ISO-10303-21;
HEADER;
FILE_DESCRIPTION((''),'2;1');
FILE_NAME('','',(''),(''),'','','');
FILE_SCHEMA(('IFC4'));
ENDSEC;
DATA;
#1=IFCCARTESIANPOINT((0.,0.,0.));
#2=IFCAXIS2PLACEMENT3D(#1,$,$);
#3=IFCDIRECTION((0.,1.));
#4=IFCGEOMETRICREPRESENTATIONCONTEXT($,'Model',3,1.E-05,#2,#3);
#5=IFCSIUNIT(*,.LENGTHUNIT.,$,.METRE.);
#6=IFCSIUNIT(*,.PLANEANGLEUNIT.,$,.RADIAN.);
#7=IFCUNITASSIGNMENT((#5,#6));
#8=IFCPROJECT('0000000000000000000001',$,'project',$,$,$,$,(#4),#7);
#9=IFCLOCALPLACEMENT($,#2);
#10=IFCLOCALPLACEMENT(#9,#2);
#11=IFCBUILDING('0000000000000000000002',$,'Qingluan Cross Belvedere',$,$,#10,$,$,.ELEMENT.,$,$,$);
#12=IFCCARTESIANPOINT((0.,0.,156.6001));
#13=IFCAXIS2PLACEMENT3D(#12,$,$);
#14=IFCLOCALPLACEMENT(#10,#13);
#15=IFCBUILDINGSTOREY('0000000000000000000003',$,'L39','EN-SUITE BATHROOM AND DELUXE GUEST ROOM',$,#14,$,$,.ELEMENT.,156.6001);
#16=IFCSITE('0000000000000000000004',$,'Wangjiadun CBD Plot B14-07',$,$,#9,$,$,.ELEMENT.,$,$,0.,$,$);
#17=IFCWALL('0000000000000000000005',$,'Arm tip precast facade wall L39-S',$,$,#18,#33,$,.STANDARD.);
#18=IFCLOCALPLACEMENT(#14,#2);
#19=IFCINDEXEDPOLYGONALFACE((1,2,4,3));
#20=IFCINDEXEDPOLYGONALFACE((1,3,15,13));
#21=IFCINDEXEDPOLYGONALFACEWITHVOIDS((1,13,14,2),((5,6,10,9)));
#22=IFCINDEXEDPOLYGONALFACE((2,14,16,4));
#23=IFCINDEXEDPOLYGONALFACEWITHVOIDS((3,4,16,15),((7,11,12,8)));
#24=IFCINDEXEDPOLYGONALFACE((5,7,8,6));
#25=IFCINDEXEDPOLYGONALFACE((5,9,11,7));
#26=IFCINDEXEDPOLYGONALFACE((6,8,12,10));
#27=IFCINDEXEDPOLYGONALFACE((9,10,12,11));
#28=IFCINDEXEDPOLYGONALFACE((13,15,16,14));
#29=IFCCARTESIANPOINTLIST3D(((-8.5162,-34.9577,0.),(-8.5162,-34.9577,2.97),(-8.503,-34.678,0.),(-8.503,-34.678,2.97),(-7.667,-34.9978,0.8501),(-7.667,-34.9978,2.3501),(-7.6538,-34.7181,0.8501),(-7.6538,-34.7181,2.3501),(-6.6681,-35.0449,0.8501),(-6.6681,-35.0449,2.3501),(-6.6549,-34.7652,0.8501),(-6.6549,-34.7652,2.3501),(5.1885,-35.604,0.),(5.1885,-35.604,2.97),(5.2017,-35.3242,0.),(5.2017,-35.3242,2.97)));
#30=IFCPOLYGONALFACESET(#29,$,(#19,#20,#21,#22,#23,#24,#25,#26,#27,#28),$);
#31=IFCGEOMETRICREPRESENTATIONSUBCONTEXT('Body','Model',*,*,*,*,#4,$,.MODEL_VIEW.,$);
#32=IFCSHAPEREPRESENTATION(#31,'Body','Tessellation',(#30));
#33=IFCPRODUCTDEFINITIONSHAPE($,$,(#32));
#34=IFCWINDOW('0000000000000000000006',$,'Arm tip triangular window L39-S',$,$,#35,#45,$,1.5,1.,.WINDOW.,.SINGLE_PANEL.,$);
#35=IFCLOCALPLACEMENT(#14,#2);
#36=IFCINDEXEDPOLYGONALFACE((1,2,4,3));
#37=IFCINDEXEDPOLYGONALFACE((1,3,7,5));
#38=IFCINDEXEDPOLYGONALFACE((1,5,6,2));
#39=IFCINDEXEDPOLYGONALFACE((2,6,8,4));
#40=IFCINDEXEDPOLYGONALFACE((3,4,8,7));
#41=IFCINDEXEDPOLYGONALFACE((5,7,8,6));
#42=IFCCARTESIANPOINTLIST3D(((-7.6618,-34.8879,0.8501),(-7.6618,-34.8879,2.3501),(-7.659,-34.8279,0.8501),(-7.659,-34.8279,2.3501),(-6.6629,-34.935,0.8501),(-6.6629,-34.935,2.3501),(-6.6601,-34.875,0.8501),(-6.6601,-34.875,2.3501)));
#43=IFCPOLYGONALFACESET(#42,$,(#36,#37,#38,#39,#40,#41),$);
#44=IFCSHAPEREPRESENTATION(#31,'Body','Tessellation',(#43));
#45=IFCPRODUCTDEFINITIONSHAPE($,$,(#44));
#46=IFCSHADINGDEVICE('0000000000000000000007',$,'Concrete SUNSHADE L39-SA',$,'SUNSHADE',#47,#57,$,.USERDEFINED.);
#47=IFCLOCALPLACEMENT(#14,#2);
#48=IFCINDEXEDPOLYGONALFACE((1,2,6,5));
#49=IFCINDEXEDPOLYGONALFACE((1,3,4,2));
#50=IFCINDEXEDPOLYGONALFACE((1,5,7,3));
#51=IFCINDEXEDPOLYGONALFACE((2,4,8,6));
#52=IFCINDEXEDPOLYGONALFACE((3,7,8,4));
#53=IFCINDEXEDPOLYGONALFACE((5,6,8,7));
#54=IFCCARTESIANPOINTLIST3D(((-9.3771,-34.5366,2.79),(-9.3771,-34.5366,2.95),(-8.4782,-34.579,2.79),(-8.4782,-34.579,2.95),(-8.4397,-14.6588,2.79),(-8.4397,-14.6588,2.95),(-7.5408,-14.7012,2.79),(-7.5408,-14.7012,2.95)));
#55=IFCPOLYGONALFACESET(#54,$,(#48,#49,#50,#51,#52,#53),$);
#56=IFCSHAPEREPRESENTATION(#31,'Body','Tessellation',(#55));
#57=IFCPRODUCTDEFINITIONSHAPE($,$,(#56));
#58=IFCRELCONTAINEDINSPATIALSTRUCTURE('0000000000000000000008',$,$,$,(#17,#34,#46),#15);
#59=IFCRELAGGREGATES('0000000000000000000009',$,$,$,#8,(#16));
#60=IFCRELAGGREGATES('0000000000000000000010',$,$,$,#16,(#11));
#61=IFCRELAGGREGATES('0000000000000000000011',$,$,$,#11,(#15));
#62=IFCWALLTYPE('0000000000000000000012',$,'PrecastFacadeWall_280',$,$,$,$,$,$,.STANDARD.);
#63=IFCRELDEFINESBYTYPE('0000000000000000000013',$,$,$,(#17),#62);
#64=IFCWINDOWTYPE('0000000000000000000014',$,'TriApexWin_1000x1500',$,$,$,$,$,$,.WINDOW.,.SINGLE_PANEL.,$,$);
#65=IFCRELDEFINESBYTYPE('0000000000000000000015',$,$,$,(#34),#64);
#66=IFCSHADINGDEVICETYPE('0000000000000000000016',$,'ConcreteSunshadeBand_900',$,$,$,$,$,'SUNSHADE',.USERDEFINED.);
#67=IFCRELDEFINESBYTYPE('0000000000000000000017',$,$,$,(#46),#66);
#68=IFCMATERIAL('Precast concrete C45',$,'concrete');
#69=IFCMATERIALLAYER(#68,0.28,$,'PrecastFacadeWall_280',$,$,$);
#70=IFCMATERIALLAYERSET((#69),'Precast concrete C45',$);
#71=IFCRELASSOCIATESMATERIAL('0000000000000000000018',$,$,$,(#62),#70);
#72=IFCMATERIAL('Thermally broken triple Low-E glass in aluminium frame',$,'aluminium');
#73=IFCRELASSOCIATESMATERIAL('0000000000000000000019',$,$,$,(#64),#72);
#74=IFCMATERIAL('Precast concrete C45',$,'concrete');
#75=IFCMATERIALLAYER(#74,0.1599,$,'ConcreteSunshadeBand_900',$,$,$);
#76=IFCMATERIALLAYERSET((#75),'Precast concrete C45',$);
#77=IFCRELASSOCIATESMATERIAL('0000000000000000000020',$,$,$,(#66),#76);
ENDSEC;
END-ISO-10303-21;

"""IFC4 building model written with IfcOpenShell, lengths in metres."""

from ifc_helpers import new_model, si_unit, direction, frame, frame_2d, origin, origin_2d, place, context, subcontext, project, spatial, rectangle, extrude, material, layer, layer_set, type_object, element, fill, save


model = new_model("IFC4")

# Units and contexts
model_context = context("Model", 3, precision=1e-05, world=origin(), true_north=direction((0.0, 1.0)))
body_context = subcontext(model_context, "Body", "Model", "MODEL_VIEW")
ifc_project = project(units=[si_unit("LENGTHUNIT", "METRE"), si_unit("PLANEANGLEUNIT", "RADIAN")], contexts=[model_context])

# Site, building, storey
site_placement = place(None, origin())
site = spatial("IfcSite", under=ifc_project, at=site_placement, Name="Wangjiadun CBD Plot B14-07", CompositionType="ELEMENT", RefElevation=0.0)
building_placement = place(site_placement, origin())
building = spatial("IfcBuilding", under=site, at=building_placement, Name="Qingluan Cross Belvedere", CompositionType="ELEMENT")
storey_placement = place(building_placement, frame((0.0, 0.0, 156.6001)))
storey = spatial("IfcBuildingStorey", under=building, at=storey_placement, Name="L39", Description="EN-SUITE BATHROOM AND DELUXE GUEST ROOM", CompositionType="ELEMENT", Elevation=156.6001)

# Shared definitions
ifc_material_1 = material(Name="Precast concrete C45", Category="concrete")
ifc_layer_1 = layer(ifc_material_1, 0.28, Name="PrecastFacadeWall_280")
ifc_layer_set_1 = layer_set([ifc_layer_1], Name="Precast concrete C45")
wall_type_1 = type_object("IfcWallType", Name="PrecastFacadeWall_280", PredefinedType="STANDARD", material=ifc_layer_set_1)

# Wall, opening, window
wall_1_placement = place(storey_placement, frame((-8.5095, -34.8179, 0.0), z_axis=(0.0, 0.0, 1.0), x_axis=(0.99889, -0.047102, 0.0)))
wall_1 = element("IfcWall", 1, at=wall_1_placement, inside=storey, type_object=wall_type_1, Name="Arm tip precast facade wall L39-S", PredefinedType="STANDARD", context=body_context, shape_type="SweptSolid", body=[
    extrude(rectangle(XDim=13.72, YDim=0.28, at=frame_2d((6.8599, 0.0))), origin(), (0.0, 0.0, 1.0), 2.97),
])
opening_1_placement = place(wall_1_placement, frame((0.8501, 0.0, 0.8501)))
opening_1 = element("IfcOpeningElement", 2, at=opening_1_placement, cuts=wall_1, PredefinedType="OPENING", context=body_context, shape_type="SweptSolid", body=[
    extrude(rectangle(XDim=1.0, YDim=1.5, at=frame_2d((0.5, 0.75))), frame((0.0, 0.1499, 0.0), z_axis=(0.0, -1.0, 0.0), x_axis=(1.0, 0.0, 0.0)), (0.0, 0.0, 1.0), 0.3),
])
ifc_material_2 = material(Name="Thermally broken triple Low-E glass in aluminium frame", Category="aluminium")
window_type_1 = type_object("IfcWindowType", Name="TriApexWin_1000x1500", PartitioningType="SINGLE_PANEL", PredefinedType="WINDOW", material=ifc_material_2)
window_1_placement = place(opening_1_placement, origin())
window_1 = element("IfcWindow", 3, at=window_1_placement, inside=storey, type_object=window_type_1, Name="Arm tip triangular window L39-S", OverallHeight=1.5, OverallWidth=1.0, PartitioningType="SINGLE_PANEL", PredefinedType="WINDOW", context=body_context, shape_type="SweptSolid", body=[
    extrude(rectangle(XDim=1.0, YDim=1.5, at=frame_2d((0.5, 0.75))), frame((0.0, 0.03, 0.0), z_axis=(0.0, -1.0, 0.0), x_axis=(1.0, 0.0, 0.0)), (0.0, 0.0, 1.0), 0.0601),
])
fill(opening_1, window_1)

# Shading device
ifc_material_3 = material(Name="Precast concrete C45", Category="concrete")
ifc_layer_2 = layer(ifc_material_3, 0.1599, Name="ConcreteSunshadeBand_900")
ifc_layer_set_2 = layer_set([ifc_layer_2], Name="Precast concrete C45")
shading_device_type = type_object("IfcShadingDeviceType", Name="ConcreteSunshadeBand_900", ElementType="SUNSHADE", PredefinedType="USERDEFINED", material=ifc_layer_set_2)
shading_device_placement = place(storey_placement, frame((-8.459, -24.6189, 2.79), z_axis=(0.0, 0.0, 1.0), x_axis=(-0.047105, -0.99889, 0.0)))
element("IfcShadingDevice", 4, at=shading_device_placement, inside=storey, type_object=shading_device_type, Name="Concrete SUNSHADE L39-SA", ObjectType="SUNSHADE", PredefinedType="USERDEFINED", context=body_context, shape_type="SweptSolid", body=[
    extrude(rectangle(XDim=19.8999, YDim=0.8999, at=origin_2d()), origin(), (0.0, 0.0, 1.0), 0.1599),
])

save(model, "model.ifc")
